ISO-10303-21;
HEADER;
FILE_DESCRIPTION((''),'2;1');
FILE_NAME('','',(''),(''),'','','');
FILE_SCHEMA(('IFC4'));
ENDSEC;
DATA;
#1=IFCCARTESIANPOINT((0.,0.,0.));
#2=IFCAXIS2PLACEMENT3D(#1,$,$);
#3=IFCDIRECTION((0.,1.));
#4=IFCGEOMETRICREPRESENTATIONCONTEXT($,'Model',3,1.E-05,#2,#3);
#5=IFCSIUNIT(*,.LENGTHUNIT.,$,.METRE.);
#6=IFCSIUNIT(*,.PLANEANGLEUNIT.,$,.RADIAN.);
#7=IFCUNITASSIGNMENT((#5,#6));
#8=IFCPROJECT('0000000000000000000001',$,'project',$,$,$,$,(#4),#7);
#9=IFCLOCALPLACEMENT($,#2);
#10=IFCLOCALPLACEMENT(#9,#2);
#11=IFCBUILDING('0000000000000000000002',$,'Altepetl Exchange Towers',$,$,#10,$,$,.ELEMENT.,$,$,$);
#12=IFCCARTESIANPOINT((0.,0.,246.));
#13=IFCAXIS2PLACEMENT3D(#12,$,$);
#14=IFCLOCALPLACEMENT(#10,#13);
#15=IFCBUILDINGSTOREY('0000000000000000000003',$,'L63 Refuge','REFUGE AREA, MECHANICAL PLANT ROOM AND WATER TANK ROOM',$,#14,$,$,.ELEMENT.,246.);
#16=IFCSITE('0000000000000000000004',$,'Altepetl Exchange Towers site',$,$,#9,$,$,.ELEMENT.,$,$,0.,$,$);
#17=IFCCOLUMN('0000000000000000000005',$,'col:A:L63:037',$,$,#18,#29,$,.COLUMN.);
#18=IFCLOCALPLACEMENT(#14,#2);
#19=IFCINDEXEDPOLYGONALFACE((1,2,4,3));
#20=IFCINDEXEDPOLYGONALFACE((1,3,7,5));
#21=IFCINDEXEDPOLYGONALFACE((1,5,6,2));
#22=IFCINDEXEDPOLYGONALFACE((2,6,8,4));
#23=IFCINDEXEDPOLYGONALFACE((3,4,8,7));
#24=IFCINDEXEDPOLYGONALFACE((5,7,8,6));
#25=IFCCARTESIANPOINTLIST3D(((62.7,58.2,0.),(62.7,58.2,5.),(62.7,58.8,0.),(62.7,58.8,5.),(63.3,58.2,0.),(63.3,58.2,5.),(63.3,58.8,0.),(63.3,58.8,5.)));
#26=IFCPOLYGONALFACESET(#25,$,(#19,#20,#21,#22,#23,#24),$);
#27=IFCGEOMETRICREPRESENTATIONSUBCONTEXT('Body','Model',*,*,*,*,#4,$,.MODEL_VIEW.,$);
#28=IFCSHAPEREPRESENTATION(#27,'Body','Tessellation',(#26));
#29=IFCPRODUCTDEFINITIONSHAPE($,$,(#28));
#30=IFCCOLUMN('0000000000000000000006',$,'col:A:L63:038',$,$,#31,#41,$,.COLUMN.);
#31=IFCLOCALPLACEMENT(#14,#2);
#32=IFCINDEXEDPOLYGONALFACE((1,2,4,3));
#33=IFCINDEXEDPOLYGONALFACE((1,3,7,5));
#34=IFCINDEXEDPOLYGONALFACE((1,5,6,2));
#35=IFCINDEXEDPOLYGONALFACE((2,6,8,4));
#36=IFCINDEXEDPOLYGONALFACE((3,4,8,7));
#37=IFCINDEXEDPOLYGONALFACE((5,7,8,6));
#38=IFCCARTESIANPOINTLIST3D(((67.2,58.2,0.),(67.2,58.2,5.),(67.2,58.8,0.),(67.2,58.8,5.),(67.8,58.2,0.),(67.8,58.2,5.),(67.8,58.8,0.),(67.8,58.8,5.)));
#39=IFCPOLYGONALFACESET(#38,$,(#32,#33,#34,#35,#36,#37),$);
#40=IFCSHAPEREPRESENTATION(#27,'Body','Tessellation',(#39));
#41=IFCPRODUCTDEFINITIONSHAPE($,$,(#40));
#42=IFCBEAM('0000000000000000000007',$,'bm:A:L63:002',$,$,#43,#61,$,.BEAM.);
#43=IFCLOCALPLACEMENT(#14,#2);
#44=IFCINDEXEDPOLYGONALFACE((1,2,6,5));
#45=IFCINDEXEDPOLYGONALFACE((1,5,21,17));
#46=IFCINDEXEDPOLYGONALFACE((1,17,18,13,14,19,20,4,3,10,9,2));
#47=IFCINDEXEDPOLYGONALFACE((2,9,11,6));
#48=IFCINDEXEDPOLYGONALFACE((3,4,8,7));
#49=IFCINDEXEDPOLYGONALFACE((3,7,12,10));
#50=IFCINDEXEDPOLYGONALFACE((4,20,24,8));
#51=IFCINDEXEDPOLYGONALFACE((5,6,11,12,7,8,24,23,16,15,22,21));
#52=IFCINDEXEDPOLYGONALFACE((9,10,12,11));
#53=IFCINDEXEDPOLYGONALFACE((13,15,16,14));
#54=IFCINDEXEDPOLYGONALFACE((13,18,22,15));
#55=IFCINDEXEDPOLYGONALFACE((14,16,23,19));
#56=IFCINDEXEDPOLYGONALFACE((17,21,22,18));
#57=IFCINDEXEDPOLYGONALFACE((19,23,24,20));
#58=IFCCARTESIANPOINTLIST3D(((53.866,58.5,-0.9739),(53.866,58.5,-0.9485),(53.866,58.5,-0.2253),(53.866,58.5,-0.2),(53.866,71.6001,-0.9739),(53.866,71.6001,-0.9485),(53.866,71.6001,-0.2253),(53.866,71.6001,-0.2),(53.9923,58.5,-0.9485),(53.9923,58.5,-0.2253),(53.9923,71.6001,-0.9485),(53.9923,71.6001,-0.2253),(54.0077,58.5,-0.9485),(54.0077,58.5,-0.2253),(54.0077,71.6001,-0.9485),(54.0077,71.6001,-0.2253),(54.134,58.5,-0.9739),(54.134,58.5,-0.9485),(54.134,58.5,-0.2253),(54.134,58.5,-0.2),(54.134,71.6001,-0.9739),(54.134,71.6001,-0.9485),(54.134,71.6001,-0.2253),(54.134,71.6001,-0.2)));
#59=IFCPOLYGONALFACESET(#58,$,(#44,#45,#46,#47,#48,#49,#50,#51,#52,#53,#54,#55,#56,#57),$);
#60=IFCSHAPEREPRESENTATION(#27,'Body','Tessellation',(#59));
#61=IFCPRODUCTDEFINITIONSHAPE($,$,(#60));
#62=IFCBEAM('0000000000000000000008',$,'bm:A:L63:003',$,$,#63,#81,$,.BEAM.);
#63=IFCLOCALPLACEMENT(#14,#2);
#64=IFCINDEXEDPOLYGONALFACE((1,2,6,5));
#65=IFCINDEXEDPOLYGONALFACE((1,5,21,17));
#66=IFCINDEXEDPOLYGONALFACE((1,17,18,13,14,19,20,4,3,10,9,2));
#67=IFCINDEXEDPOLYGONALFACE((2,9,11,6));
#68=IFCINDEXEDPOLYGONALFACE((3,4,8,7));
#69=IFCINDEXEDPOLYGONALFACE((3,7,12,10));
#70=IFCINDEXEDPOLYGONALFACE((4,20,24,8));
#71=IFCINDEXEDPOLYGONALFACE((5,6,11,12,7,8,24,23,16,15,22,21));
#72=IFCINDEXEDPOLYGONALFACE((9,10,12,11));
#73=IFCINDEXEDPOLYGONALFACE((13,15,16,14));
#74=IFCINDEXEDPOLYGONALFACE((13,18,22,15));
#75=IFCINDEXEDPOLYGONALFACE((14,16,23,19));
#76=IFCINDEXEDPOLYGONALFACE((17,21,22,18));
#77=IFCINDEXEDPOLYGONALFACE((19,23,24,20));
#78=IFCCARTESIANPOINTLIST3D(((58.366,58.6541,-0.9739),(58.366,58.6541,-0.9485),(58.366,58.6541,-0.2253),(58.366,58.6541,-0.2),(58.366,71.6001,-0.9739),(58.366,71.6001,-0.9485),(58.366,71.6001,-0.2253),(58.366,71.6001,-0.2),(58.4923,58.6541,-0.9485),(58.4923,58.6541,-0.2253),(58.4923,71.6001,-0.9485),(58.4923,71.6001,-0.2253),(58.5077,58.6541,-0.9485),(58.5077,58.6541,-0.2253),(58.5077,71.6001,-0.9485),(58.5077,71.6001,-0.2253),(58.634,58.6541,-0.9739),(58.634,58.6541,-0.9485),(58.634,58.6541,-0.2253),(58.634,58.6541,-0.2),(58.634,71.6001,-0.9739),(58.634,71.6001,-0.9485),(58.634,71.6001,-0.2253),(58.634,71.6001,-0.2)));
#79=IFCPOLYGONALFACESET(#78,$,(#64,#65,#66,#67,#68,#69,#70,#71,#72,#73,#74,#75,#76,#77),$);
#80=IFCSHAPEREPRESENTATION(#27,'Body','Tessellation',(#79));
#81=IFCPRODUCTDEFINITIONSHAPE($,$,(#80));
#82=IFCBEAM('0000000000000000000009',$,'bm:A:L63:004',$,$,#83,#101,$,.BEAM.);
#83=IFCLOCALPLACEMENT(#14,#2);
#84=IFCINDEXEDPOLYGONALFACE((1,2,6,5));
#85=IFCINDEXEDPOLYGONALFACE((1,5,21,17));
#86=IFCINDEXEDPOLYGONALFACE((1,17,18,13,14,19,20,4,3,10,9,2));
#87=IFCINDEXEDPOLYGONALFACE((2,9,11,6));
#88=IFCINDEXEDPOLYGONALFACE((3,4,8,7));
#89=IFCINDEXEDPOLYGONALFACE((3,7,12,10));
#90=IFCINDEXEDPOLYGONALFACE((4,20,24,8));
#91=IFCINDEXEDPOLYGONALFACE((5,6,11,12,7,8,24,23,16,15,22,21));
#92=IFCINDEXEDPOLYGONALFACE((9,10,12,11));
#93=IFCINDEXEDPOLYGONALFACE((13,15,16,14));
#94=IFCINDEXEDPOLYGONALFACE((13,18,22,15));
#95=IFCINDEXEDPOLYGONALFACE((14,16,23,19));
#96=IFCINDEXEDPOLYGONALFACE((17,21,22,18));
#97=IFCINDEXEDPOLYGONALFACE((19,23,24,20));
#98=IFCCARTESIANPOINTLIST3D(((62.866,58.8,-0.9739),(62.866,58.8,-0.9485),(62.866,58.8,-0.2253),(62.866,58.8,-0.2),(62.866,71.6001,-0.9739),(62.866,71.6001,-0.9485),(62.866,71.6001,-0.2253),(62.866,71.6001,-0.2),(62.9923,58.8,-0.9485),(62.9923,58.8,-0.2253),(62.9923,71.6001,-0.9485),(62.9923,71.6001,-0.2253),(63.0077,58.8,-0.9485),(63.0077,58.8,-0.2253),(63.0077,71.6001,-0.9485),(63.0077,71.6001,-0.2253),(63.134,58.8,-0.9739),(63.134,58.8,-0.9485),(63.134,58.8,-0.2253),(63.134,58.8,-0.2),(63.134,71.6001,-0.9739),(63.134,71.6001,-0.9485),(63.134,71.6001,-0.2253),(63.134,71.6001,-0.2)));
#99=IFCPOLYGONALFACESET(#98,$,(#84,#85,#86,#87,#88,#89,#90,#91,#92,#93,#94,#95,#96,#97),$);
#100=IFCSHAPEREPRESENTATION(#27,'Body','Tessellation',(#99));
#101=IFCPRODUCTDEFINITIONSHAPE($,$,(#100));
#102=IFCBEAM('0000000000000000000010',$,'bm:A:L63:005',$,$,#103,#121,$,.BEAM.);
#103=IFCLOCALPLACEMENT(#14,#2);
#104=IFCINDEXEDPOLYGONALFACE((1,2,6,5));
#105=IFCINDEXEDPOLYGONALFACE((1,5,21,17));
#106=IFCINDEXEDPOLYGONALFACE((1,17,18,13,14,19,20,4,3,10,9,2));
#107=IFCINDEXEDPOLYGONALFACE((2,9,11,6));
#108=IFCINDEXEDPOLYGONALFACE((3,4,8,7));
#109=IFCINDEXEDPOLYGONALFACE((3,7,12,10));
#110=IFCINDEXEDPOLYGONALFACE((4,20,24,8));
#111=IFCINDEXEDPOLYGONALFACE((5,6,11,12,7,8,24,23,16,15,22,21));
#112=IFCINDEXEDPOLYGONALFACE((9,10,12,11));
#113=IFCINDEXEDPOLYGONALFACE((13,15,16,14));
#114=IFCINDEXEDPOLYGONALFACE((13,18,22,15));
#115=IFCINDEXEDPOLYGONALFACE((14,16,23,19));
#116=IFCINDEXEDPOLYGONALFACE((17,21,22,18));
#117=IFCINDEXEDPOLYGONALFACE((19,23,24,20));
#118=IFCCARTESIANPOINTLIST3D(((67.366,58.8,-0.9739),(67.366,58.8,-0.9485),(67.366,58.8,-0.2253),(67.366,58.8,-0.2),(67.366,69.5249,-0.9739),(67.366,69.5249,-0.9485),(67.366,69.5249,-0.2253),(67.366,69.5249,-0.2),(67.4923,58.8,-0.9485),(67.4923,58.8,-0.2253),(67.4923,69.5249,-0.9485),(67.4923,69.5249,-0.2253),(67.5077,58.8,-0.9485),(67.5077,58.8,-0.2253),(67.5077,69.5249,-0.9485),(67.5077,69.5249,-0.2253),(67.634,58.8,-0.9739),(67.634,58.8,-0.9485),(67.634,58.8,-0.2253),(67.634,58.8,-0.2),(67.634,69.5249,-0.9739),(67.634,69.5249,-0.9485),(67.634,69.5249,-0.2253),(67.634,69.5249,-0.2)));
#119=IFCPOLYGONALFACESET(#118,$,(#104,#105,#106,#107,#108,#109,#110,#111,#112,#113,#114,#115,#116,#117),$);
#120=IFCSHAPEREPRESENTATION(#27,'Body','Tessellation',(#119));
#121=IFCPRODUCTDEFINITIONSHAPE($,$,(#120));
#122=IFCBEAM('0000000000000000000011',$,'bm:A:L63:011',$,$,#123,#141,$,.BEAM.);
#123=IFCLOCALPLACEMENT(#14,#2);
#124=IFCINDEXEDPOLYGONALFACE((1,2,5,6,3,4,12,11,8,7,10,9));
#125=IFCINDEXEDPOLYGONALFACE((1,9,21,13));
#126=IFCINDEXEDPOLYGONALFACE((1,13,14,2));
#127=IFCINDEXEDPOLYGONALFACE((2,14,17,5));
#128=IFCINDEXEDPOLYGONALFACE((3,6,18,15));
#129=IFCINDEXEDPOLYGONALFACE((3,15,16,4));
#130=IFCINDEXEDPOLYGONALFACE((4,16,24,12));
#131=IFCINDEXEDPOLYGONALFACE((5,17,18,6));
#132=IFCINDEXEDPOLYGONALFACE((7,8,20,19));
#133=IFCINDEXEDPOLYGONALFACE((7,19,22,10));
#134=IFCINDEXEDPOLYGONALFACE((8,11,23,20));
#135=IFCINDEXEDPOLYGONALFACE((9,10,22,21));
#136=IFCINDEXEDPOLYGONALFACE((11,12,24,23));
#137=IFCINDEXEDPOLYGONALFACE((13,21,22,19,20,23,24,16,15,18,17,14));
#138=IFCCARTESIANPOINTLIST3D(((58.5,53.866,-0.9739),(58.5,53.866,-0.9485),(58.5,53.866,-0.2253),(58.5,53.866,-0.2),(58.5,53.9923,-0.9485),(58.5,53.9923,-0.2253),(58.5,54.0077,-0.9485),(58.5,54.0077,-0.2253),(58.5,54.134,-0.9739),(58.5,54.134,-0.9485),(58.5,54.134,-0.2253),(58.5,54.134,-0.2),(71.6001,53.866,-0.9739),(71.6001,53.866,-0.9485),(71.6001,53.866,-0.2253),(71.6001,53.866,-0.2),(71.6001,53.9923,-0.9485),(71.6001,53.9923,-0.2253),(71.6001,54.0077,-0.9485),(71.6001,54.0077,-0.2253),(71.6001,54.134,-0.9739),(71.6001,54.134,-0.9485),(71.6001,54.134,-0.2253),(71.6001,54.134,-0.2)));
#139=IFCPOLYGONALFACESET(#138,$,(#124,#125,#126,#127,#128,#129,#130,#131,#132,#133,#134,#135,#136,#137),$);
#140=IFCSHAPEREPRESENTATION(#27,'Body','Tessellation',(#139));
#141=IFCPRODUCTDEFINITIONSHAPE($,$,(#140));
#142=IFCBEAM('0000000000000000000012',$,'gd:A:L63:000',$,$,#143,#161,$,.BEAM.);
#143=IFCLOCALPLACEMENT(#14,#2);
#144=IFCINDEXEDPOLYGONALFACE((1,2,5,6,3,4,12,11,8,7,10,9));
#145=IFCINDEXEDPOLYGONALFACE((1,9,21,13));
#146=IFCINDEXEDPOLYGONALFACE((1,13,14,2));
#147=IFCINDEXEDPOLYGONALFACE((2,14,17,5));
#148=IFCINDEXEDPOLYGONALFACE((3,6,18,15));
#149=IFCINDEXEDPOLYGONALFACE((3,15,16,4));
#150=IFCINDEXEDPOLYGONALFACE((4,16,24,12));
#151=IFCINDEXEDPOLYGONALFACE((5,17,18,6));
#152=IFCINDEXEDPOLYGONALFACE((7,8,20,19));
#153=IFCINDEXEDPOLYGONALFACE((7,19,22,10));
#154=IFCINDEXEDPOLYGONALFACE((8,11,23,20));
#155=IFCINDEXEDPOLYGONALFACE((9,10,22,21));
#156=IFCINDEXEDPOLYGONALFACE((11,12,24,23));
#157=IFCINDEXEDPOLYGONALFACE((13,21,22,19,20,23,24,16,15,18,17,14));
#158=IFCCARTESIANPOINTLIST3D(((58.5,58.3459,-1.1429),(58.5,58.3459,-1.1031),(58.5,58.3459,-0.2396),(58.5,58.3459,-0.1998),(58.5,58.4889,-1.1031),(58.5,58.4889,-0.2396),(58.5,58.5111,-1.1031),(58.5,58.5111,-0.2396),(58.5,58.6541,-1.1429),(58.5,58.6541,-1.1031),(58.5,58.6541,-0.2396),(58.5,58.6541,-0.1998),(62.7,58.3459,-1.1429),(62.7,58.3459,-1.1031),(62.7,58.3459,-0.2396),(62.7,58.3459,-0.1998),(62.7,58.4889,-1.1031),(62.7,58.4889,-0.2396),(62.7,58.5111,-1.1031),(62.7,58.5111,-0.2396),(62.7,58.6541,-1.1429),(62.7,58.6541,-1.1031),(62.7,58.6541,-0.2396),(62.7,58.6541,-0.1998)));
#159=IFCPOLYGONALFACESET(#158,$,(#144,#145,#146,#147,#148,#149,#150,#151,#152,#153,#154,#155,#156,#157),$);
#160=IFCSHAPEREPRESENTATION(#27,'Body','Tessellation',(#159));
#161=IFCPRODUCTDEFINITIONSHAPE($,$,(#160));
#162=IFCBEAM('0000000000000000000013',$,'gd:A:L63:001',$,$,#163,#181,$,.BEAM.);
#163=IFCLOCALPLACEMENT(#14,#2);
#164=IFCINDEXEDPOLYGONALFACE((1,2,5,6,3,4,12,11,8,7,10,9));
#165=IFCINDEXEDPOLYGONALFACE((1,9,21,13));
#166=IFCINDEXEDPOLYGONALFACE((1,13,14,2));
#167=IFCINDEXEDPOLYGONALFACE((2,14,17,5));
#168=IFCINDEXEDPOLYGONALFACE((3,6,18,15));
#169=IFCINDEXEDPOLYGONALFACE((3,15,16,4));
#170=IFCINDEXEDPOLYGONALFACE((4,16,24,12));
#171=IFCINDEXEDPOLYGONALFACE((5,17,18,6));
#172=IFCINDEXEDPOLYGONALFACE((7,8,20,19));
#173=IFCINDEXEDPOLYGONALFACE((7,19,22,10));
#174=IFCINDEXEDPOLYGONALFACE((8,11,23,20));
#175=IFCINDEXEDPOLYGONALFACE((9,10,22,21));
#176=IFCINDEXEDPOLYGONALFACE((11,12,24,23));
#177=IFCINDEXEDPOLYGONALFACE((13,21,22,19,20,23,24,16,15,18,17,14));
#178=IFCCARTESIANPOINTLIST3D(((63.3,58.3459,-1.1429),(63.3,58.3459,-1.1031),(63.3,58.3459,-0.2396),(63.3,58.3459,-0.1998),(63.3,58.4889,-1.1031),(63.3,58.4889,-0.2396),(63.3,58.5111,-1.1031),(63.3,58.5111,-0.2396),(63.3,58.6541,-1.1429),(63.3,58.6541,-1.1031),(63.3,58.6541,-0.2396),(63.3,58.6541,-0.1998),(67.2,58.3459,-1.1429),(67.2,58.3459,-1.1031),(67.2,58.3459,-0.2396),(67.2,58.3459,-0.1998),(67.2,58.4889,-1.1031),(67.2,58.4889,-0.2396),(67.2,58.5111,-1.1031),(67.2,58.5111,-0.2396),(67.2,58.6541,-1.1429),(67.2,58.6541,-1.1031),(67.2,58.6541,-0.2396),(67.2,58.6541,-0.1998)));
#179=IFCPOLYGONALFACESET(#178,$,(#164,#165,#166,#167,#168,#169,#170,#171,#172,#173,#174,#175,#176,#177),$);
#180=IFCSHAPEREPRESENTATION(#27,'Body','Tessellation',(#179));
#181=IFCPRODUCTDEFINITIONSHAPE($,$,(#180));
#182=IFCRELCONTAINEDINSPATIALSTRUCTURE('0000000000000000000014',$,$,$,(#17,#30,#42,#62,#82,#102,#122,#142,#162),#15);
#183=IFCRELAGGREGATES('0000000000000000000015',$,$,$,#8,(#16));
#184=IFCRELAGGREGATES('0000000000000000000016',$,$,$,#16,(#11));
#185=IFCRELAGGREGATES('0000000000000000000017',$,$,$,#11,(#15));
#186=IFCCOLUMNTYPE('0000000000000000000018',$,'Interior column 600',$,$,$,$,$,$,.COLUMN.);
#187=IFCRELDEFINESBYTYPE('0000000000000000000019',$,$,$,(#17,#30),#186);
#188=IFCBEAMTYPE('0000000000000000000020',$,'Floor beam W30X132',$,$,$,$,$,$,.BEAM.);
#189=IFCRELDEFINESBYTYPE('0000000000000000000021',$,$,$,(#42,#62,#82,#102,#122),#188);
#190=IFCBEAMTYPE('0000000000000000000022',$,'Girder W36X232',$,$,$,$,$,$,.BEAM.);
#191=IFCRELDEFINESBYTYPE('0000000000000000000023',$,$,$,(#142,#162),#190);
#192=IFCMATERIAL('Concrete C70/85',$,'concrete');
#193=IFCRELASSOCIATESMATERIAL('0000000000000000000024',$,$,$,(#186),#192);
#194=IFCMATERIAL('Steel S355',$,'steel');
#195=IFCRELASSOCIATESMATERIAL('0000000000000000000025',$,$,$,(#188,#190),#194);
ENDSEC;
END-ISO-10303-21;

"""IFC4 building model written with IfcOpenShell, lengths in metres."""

from ifc_helpers import new_model, si_unit, direction, frame, origin, origin_2d, place, context, subcontext, project, spatial, rectangle, i_section, extrude, material, material_profile, profile_set, type_object, element, save


model = new_model("IFC4")

# Units and contexts
model_context = context("Model", 3, precision=1e-05, world=origin(), true_north=direction((0.0, 1.0)))
body_context = subcontext(model_context, "Body", "Model", "MODEL_VIEW")
ifc_project = project(units=[si_unit("LENGTHUNIT", "METRE"), si_unit("PLANEANGLEUNIT", "RADIAN")], contexts=[model_context])

# Site, building, storey
site_placement = place(None, origin())
site = spatial("IfcSite", under=ifc_project, at=site_placement, Name="Altepetl Exchange Towers site", CompositionType="ELEMENT", RefElevation=0.0)
building_placement = place(site_placement, origin())
building = spatial("IfcBuilding", under=site, at=building_placement, Name="Altepetl Exchange Towers", CompositionType="ELEMENT")
storey_placement = place(building_placement, frame((0.0, 0.0, 246.0)))
storey = spatial("IfcBuildingStorey", under=building, at=storey_placement, Name="L63 Refuge", Description="REFUGE AREA, MECHANICAL PLANT ROOM AND WATER TANK ROOM", CompositionType="ELEMENT", Elevation=246.0)

# Columns
ifc_material_1 = material(Name="Concrete C70/85", Category="concrete")
ifc_material_profile_1 = material_profile(ifc_material_1, rectangle(XDim=0.6001, YDim=0.6001, at=origin_2d()), Name="600 x 600")
ifc_profile_set_1 = profile_set([ifc_material_profile_1], Name="Concrete C70/85")
column_type = type_object("IfcColumnType", Name="Interior column 600", PredefinedType="COLUMN", material=ifc_profile_set_1)
for number, where, name in (
    (1, (63.0, 58.5, 0.0), "col:A:L63:037"),
    (2, (67.5, 58.5, 0.0), "col:A:L63:038"),
):
    element("IfcColumn", number, at=place(storey_placement, frame(where)), inside=storey, type_object=column_type, Name=name, PredefinedType="COLUMN", context=body_context, shape_type="SweptSolid", body=[
        extrude(rectangle(XDim=0.6001, YDim=0.6001, at=origin_2d()), origin(), (0.0, 0.0, 1.0), 5.0),
    ])

# Beams
ifc_material_2 = material(Name="Steel S355", Category="steel")
ifc_material_profile_2 = material_profile(ifc_material_2, i_section(OverallWidth=0.2681, OverallDepth=0.7739, WebThickness=0.0154, FlangeThickness=0.0254, at=origin_2d()), Name="W30X132")
ifc_profile_set_2 = profile_set([ifc_material_profile_2], Name="Steel S355")
beam_type_1 = type_object("IfcBeamType", Name="Floor beam W30X132", PredefinedType="BEAM", material=ifc_profile_set_2)
beam_1_placement = place(storey_placement, frame((54.0, 58.5, -0.5869), z_axis=(0.0, 1.0, 0.0), x_axis=(-1.0, 0.0, 0.0)))
element("IfcBeam", 3, at=beam_1_placement, inside=storey, type_object=beam_type_1, Name="bm:A:L63:002", PredefinedType="BEAM", context=body_context, shape_type="SweptSolid", body=[
    extrude(i_section(OverallWidth=0.2681, OverallDepth=0.7739, WebThickness=0.0154, FlangeThickness=0.0254, at=origin_2d()), origin(), (0.0, 0.0, 1.0), 13.1001),
])
beam_2_placement = place(storey_placement, frame((58.5, 58.6541, -0.5869), z_axis=(0.0, 1.0, 0.0), x_axis=(-1.0, 0.0, 0.0)))
element("IfcBeam", 4, at=beam_2_placement, inside=storey, type_object=beam_type_1, Name="bm:A:L63:003", PredefinedType="BEAM", context=body_context, shape_type="SweptSolid", body=[
    extrude(i_section(OverallWidth=0.2681, OverallDepth=0.7739, WebThickness=0.0154, FlangeThickness=0.0254, at=origin_2d()), origin(), (0.0, 0.0, 1.0), 12.946),
])
beam_3_placement = place(storey_placement, frame((63.0, 58.8, -0.5869), z_axis=(0.0, 1.0, 0.0), x_axis=(-1.0, 0.0, 0.0)))
element("IfcBeam", 5, at=beam_3_placement, inside=storey, type_object=beam_type_1, Name="bm:A:L63:004", PredefinedType="BEAM", context=body_context, shape_type="SweptSolid", body=[
    extrude(i_section(OverallWidth=0.2681, OverallDepth=0.7739, WebThickness=0.0154, FlangeThickness=0.0254, at=origin_2d()), origin(), (0.0, 0.0, 1.0), 12.8),
])
beam_4_placement = place(storey_placement, frame((67.5, 58.8, -0.5869), z_axis=(0.0, 1.0, 0.0), x_axis=(-1.0, 0.0, 0.0)))
element("IfcBeam", 6, at=beam_4_placement, inside=storey, type_object=beam_type_1, Name="bm:A:L63:005", PredefinedType="BEAM", context=body_context, shape_type="SweptSolid", body=[
    extrude(i_section(OverallWidth=0.2681, OverallDepth=0.7739, WebThickness=0.0154, FlangeThickness=0.0254, at=origin_2d()), origin(), (0.0, 0.0, 1.0), 10.7249),
])
beam_5_placement = place(storey_placement, frame((58.5, 54.0, -0.5869), z_axis=(1.0, 0.0, 0.0), x_axis=(0.0, 1.0, 0.0)))
element("IfcBeam", 7, at=beam_5_placement, inside=storey, type_object=beam_type_1, Name="bm:A:L63:011", PredefinedType="BEAM", context=body_context, shape_type="SweptSolid", body=[
    extrude(i_section(OverallWidth=0.2681, OverallDepth=0.7739, WebThickness=0.0154, FlangeThickness=0.0254, at=origin_2d()), origin(), (0.0, 0.0, 1.0), 13.1001),
])
ifc_material_profile_3 = material_profile(ifc_material_2, i_section(OverallWidth=0.3081, OverallDepth=0.9431, WebThickness=0.0222, FlangeThickness=0.0398, at=origin_2d()), Name="W36X232")
ifc_profile_set_3 = profile_set([ifc_material_profile_3], Name="Steel S355")
beam_type_2 = type_object("IfcBeamType", Name="Girder W36X232", PredefinedType="BEAM", material=ifc_profile_set_3)
beam_6_placement = place(storey_placement, frame((58.5, 58.5, -0.6714), z_axis=(1.0, 0.0, 0.0), x_axis=(0.0, 1.0, 0.0)))
element("IfcBeam", 8, at=beam_6_placement, inside=storey, type_object=beam_type_2, Name="gd:A:L63:000", PredefinedType="BEAM", context=body_context, shape_type="SweptSolid", body=[
    extrude(i_section(OverallWidth=0.3081, OverallDepth=0.9431, WebThickness=0.0222, FlangeThickness=0.0398, at=origin_2d()), origin(), (0.0, 0.0, 1.0), 4.2),
])
beam_7_placement = place(storey_placement, frame((63.3, 58.5, -0.6714), z_axis=(1.0, 0.0, 0.0), x_axis=(0.0, 1.0, 0.0)))
element("IfcBeam", 9, at=beam_7_placement, inside=storey, type_object=beam_type_2, Name="gd:A:L63:001", PredefinedType="BEAM", context=body_context, shape_type="SweptSolid", body=[
    extrude(i_section(OverallWidth=0.3081, OverallDepth=0.9431, WebThickness=0.0222, FlangeThickness=0.0398, at=origin_2d()), origin(), (0.0, 0.0, 1.0), 3.8999),
])

save(model, "model.ifc")
